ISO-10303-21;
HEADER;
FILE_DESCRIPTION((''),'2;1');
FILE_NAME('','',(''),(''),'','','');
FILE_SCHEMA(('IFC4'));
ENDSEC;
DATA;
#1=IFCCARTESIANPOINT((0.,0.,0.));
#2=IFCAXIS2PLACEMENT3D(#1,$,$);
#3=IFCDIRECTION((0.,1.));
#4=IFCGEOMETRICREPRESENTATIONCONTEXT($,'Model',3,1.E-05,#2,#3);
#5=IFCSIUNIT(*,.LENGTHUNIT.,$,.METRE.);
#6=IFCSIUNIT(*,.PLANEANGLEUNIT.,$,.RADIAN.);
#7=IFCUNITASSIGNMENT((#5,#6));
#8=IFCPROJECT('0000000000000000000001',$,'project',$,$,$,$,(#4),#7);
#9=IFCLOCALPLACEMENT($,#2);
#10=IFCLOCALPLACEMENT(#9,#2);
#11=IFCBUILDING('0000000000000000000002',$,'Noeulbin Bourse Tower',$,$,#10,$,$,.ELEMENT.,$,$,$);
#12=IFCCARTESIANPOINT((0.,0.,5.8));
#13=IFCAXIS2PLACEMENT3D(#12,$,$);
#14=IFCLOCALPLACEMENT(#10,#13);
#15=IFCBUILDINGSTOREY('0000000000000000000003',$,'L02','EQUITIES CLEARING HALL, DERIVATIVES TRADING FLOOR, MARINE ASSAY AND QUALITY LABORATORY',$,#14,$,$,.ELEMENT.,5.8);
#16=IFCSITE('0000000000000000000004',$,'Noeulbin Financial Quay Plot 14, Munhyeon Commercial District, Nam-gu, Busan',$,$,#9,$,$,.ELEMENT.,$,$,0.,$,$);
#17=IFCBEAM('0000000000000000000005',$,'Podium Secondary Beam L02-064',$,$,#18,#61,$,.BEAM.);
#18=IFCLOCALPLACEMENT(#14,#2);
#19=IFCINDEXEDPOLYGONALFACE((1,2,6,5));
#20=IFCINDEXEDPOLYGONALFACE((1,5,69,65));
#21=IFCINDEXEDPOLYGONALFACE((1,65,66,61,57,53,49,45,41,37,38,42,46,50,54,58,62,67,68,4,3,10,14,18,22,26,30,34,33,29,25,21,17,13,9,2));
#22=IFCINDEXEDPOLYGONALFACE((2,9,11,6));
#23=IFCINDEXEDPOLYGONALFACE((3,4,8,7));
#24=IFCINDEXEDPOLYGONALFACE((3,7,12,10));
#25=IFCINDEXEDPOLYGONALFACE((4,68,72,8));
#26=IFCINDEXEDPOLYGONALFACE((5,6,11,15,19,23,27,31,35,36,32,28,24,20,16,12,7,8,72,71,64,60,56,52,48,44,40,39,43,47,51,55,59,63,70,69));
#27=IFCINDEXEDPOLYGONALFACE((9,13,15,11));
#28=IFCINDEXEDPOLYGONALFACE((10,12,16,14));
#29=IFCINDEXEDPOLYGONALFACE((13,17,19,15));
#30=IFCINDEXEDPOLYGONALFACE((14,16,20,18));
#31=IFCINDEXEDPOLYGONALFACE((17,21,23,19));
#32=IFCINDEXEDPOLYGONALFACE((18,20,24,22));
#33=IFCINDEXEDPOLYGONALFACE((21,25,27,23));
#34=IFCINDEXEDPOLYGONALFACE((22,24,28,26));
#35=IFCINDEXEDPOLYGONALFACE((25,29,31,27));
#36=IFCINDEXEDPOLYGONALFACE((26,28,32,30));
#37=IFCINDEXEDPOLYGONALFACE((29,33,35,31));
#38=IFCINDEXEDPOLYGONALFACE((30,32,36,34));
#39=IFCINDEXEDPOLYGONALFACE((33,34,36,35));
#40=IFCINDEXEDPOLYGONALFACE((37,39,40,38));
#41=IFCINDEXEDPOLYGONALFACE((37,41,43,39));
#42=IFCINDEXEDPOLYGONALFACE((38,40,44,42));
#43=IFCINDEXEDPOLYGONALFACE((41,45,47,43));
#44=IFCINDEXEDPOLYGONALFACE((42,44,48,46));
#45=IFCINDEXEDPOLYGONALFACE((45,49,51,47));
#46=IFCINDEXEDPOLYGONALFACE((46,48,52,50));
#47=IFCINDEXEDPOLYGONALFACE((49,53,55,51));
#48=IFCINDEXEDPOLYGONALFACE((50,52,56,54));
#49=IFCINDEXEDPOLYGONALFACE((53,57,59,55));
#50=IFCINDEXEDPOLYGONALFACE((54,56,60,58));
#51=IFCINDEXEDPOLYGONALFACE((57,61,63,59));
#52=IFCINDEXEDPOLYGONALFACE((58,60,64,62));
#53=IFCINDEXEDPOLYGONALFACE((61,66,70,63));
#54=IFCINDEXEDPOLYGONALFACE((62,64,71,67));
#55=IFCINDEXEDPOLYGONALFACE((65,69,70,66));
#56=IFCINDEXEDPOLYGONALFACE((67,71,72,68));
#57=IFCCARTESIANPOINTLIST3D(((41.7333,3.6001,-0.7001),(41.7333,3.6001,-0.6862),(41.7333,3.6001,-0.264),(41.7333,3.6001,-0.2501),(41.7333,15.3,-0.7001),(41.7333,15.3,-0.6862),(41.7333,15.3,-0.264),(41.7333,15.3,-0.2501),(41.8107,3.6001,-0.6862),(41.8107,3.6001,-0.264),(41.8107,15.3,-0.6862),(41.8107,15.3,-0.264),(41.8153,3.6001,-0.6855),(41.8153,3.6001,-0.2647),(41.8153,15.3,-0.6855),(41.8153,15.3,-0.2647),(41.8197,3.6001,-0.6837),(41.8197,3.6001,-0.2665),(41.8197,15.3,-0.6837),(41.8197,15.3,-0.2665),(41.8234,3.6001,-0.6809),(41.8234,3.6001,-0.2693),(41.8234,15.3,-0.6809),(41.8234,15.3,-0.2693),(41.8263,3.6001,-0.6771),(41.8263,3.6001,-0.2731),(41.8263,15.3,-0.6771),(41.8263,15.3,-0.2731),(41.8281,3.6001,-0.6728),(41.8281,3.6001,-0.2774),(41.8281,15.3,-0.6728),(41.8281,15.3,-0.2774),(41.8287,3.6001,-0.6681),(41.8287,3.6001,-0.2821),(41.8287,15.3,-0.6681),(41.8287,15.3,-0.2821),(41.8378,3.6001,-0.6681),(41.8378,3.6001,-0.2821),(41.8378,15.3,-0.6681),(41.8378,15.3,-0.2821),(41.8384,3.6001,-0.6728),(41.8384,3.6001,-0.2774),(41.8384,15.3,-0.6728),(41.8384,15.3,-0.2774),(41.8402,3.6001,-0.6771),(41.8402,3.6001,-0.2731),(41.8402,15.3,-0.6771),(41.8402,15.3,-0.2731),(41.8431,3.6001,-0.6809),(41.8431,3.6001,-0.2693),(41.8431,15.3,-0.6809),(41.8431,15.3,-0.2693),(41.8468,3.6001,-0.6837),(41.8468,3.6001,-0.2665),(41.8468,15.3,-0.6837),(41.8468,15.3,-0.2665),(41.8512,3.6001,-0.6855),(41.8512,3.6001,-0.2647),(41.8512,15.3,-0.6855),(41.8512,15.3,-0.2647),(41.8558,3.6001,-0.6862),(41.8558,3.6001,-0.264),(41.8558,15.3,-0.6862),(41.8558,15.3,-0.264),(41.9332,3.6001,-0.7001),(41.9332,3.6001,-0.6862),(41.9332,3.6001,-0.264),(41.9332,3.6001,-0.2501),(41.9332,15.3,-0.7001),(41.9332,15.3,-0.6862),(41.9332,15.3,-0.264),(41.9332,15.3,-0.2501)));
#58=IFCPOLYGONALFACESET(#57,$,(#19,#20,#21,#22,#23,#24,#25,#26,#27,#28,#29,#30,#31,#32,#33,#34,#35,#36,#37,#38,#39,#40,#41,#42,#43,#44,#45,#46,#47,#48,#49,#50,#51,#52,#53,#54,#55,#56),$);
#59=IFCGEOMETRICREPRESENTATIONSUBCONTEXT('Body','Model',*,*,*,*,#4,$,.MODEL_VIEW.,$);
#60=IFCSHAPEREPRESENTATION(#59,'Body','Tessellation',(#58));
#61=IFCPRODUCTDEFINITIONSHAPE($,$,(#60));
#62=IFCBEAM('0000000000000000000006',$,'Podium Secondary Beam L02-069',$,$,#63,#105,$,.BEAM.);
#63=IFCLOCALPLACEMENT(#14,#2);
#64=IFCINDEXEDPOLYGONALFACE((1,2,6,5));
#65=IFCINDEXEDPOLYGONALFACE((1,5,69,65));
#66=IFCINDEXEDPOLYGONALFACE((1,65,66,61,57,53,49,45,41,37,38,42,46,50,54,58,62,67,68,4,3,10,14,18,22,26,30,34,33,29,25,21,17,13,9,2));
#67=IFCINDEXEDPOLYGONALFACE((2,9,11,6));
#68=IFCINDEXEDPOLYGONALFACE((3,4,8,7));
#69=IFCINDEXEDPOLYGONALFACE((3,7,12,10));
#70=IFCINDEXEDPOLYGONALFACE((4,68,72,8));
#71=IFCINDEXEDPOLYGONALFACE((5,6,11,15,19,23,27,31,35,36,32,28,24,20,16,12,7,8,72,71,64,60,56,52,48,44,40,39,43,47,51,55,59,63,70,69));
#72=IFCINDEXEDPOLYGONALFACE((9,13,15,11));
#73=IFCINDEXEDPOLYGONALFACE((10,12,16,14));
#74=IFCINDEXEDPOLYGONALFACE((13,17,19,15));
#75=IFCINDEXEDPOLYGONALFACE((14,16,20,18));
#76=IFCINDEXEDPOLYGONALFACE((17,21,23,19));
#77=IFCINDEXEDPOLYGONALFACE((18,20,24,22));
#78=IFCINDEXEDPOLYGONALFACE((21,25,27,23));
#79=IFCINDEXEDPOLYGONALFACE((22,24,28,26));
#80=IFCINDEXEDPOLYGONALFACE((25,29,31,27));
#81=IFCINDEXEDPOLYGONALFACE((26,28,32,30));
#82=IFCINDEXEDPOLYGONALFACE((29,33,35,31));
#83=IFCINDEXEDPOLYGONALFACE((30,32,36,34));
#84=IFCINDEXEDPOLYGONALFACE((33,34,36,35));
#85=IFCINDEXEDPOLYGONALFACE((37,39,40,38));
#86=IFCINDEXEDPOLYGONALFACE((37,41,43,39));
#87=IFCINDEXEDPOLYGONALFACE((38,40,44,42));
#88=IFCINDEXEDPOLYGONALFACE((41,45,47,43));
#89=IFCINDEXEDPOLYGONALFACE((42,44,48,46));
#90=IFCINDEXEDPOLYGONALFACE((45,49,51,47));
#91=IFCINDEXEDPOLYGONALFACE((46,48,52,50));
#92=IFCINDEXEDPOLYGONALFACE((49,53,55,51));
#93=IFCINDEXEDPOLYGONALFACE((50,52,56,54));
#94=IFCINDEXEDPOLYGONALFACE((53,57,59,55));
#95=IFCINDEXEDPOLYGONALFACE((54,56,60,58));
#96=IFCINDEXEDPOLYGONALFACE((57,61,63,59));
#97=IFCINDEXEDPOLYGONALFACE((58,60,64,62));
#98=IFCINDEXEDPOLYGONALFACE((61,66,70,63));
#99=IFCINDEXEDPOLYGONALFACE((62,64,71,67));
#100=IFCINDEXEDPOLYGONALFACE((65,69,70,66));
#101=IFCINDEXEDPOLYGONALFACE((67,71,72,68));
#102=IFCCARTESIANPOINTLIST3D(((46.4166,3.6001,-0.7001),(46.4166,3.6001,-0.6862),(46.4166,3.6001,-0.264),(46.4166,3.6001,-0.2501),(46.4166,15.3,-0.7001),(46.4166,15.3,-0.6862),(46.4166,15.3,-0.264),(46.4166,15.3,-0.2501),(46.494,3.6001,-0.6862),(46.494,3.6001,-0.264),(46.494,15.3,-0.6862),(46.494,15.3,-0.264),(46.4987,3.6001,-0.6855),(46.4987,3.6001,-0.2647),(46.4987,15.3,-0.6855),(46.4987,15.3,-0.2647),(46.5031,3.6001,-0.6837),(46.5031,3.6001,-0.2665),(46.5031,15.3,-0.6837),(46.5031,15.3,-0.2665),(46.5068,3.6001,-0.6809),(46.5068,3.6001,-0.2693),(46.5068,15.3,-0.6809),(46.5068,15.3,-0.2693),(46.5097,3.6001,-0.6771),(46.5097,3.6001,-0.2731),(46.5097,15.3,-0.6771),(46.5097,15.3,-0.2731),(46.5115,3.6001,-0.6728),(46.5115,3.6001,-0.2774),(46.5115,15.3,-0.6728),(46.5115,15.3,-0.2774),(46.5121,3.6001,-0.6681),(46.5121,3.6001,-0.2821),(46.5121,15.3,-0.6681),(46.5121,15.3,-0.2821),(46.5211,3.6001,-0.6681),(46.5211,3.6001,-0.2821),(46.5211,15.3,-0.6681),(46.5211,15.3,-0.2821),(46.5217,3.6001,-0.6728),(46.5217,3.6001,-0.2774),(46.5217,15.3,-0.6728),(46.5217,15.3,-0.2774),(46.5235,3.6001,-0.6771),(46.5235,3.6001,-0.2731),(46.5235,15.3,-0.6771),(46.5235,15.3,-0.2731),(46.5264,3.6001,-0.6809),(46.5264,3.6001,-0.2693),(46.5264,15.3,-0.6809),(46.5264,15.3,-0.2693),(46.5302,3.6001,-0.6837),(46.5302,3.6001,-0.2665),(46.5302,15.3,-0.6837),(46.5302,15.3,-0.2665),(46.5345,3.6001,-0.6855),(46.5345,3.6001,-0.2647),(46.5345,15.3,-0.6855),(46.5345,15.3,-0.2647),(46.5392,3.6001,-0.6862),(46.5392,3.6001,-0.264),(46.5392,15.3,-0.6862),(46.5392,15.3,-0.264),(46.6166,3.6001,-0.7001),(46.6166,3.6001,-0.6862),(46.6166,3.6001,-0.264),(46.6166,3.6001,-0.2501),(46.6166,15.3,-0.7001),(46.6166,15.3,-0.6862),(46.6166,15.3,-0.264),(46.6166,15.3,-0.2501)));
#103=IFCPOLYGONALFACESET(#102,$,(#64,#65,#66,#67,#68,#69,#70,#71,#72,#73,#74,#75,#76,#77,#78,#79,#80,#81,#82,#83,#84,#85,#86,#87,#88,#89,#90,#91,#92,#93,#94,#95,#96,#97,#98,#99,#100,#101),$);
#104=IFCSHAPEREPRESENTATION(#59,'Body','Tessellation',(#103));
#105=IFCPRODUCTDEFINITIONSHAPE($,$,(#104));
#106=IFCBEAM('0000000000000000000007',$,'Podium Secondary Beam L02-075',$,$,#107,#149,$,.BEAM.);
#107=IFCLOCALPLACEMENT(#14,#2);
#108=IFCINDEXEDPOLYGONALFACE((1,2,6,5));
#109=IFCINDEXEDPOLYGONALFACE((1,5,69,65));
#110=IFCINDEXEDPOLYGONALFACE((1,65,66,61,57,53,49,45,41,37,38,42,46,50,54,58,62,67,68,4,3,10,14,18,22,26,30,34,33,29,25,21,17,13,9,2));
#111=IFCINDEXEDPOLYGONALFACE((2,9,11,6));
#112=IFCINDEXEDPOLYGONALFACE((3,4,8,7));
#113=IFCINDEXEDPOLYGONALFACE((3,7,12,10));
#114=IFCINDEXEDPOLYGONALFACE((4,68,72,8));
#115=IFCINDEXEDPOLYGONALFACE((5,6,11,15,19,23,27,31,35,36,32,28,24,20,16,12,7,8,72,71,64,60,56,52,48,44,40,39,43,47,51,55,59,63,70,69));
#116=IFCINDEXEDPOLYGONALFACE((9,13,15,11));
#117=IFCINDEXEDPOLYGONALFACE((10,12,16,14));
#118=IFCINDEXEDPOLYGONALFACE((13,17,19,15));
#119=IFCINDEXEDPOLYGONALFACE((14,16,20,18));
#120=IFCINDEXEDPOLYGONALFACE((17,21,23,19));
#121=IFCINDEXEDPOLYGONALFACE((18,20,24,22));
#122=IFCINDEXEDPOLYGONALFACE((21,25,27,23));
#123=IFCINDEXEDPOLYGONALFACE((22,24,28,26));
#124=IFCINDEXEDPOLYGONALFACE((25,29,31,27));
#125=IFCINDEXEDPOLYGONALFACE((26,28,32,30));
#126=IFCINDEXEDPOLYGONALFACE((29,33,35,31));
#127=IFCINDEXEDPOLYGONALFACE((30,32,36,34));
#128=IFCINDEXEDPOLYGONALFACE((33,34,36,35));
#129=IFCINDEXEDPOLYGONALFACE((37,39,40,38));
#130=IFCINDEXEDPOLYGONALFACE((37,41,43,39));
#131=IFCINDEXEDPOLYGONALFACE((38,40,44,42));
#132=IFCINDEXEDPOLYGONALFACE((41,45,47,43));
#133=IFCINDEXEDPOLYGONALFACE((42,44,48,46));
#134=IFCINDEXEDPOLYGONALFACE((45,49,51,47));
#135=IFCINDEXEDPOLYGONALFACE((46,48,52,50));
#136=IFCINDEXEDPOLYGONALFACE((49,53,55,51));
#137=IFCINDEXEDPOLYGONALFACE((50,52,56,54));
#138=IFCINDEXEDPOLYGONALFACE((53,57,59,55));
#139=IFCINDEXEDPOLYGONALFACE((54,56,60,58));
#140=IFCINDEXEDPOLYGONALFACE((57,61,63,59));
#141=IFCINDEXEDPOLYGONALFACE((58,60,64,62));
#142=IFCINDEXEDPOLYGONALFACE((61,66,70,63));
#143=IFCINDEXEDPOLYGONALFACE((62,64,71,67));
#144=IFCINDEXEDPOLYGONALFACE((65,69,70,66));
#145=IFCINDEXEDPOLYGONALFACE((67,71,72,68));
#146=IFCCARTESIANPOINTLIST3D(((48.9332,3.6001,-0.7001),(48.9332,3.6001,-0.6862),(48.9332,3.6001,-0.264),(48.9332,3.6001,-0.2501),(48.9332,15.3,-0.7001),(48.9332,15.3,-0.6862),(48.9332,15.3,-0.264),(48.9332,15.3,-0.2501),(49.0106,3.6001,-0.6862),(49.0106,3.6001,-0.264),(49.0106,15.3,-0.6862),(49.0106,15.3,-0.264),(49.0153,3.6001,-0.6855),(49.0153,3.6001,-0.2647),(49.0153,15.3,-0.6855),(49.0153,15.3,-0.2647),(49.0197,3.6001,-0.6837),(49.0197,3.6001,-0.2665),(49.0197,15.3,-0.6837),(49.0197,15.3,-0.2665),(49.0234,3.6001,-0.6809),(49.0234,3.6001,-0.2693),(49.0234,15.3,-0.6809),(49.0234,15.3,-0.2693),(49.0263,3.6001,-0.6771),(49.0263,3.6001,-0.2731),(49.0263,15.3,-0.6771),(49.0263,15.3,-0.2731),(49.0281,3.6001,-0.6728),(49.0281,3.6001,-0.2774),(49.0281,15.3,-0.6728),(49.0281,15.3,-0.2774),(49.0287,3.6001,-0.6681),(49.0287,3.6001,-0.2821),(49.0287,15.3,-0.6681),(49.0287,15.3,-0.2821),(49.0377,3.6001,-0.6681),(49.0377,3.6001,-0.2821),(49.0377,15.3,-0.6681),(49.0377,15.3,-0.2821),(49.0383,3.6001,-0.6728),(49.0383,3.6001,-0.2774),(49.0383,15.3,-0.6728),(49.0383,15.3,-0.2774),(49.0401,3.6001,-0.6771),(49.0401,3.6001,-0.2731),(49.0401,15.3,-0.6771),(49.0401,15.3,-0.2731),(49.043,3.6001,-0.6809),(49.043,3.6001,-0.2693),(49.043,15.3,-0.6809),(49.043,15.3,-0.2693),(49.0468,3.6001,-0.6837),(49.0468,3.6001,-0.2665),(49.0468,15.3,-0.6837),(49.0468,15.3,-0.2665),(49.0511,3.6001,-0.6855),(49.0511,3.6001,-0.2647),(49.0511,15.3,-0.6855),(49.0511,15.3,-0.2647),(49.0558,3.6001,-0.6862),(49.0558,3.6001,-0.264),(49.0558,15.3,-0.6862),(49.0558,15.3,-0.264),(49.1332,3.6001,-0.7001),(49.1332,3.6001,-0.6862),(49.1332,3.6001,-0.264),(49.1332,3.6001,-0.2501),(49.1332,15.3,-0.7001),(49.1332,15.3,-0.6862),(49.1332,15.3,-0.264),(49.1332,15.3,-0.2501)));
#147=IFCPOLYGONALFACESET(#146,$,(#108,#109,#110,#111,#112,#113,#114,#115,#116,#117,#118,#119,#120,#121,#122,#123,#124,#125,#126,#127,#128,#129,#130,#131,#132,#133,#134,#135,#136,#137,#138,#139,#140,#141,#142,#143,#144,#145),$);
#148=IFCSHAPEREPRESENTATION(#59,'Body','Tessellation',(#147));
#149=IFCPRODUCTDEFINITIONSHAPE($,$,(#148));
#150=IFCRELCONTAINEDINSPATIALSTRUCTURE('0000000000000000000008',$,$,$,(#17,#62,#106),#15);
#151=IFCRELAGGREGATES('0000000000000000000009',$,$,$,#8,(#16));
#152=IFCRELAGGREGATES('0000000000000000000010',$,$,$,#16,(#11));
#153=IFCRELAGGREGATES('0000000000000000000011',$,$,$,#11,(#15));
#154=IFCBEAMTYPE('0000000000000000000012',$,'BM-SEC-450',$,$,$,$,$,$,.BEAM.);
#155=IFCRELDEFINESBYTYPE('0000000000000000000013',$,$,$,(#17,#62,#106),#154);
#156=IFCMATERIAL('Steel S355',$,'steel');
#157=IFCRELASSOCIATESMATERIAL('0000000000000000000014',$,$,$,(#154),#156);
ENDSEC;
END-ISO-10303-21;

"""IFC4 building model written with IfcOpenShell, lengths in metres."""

from ifc_helpers import new_model, si_unit, direction, frame, origin, origin_2d, place, context, subcontext, project, spatial, i_section, extrude, material, material_profile, profile_set, type_object, element, save


model = new_model("IFC4")

# Units and contexts
model_context = context("Model", 3, precision=1e-05, world=origin(), true_north=direction((0.0, 1.0)))
body_context = subcontext(model_context, "Body", "Model", "MODEL_VIEW")
ifc_project = project(units=[si_unit("LENGTHUNIT", "METRE"), si_unit("PLANEANGLEUNIT", "RADIAN")], contexts=[model_context])

# Site, building, storey
site_placement = place(None, origin())
site = spatial("IfcSite", under=ifc_project, at=site_placement, Name="Noeulbin Financial Quay Plot 14, Munhyeon Commercial District, Nam-gu, Busan", CompositionType="ELEMENT", RefElevation=0.0)
building_placement = place(site_placement, origin())
building = spatial("IfcBuilding", under=site, at=building_placement, Name="Noeulbin Bourse Tower", CompositionType="ELEMENT")
storey_placement = place(building_placement, frame((0.0, 0.0, 5.8)))
storey = spatial("IfcBuildingStorey", under=building, at=storey_placement, Name="L02", Description="EQUITIES CLEARING HALL, DERIVATIVES TRADING FLOOR, MARINE ASSAY AND QUALITY LABORATORY", CompositionType="ELEMENT", Elevation=5.8)

# Beams
ifc_material_1 = material(Name="Steel S355", Category="steel")
ifc_material_profile_1 = material_profile(ifc_material_1, i_section(OverallWidth=0.2, OverallDepth=0.45, WebThickness=0.009, FlangeThickness=0.0139, FilletRadius=0.0181, at=origin_2d()), Name="H-450x200x9x14", Category="LoadBearing")
ifc_profile_set_1 = profile_set([ifc_material_profile_1], Name="Steel S355")
beam_type_1 = type_object("IfcBeamType", Name="BM-SEC-450", PredefinedType="BEAM", material=ifc_profile_set_1)
for number, where, z_axis, x_axis, name in (
    (1, (41.8333, 3.6001, -0.4751), (0.0, 1.0, 0.0), (-1.0, 0.0, 0.0), "Podium Secondary Beam L02-064"),
    (2, (46.5166, 3.6001, -0.4751), (0.0, 1.0, 0.0), (-1.0, 0.0, 0.0), "Podium Secondary Beam L02-069"),
    (3, (49.0332, 3.6001, -0.4751), (0.0, 1.0, 0.0), (-1.0, 0.0, 0.0), "Podium Secondary Beam L02-075"),
):
    element("IfcBeam", number, at=place(storey_placement, frame(where, z_axis=z_axis, x_axis=x_axis)), inside=storey, type_object=beam_type_1, Name=name, PredefinedType="BEAM", context=body_context, shape_type="SweptSolid", body=[
        extrude(i_section(OverallWidth=0.2, OverallDepth=0.45, WebThickness=0.009, FlangeThickness=0.0139, FilletRadius=0.0181, at=origin_2d()), origin(), (0.0, 0.0, 1.0), 11.7),
    ])

save(model, "model.ifc")
